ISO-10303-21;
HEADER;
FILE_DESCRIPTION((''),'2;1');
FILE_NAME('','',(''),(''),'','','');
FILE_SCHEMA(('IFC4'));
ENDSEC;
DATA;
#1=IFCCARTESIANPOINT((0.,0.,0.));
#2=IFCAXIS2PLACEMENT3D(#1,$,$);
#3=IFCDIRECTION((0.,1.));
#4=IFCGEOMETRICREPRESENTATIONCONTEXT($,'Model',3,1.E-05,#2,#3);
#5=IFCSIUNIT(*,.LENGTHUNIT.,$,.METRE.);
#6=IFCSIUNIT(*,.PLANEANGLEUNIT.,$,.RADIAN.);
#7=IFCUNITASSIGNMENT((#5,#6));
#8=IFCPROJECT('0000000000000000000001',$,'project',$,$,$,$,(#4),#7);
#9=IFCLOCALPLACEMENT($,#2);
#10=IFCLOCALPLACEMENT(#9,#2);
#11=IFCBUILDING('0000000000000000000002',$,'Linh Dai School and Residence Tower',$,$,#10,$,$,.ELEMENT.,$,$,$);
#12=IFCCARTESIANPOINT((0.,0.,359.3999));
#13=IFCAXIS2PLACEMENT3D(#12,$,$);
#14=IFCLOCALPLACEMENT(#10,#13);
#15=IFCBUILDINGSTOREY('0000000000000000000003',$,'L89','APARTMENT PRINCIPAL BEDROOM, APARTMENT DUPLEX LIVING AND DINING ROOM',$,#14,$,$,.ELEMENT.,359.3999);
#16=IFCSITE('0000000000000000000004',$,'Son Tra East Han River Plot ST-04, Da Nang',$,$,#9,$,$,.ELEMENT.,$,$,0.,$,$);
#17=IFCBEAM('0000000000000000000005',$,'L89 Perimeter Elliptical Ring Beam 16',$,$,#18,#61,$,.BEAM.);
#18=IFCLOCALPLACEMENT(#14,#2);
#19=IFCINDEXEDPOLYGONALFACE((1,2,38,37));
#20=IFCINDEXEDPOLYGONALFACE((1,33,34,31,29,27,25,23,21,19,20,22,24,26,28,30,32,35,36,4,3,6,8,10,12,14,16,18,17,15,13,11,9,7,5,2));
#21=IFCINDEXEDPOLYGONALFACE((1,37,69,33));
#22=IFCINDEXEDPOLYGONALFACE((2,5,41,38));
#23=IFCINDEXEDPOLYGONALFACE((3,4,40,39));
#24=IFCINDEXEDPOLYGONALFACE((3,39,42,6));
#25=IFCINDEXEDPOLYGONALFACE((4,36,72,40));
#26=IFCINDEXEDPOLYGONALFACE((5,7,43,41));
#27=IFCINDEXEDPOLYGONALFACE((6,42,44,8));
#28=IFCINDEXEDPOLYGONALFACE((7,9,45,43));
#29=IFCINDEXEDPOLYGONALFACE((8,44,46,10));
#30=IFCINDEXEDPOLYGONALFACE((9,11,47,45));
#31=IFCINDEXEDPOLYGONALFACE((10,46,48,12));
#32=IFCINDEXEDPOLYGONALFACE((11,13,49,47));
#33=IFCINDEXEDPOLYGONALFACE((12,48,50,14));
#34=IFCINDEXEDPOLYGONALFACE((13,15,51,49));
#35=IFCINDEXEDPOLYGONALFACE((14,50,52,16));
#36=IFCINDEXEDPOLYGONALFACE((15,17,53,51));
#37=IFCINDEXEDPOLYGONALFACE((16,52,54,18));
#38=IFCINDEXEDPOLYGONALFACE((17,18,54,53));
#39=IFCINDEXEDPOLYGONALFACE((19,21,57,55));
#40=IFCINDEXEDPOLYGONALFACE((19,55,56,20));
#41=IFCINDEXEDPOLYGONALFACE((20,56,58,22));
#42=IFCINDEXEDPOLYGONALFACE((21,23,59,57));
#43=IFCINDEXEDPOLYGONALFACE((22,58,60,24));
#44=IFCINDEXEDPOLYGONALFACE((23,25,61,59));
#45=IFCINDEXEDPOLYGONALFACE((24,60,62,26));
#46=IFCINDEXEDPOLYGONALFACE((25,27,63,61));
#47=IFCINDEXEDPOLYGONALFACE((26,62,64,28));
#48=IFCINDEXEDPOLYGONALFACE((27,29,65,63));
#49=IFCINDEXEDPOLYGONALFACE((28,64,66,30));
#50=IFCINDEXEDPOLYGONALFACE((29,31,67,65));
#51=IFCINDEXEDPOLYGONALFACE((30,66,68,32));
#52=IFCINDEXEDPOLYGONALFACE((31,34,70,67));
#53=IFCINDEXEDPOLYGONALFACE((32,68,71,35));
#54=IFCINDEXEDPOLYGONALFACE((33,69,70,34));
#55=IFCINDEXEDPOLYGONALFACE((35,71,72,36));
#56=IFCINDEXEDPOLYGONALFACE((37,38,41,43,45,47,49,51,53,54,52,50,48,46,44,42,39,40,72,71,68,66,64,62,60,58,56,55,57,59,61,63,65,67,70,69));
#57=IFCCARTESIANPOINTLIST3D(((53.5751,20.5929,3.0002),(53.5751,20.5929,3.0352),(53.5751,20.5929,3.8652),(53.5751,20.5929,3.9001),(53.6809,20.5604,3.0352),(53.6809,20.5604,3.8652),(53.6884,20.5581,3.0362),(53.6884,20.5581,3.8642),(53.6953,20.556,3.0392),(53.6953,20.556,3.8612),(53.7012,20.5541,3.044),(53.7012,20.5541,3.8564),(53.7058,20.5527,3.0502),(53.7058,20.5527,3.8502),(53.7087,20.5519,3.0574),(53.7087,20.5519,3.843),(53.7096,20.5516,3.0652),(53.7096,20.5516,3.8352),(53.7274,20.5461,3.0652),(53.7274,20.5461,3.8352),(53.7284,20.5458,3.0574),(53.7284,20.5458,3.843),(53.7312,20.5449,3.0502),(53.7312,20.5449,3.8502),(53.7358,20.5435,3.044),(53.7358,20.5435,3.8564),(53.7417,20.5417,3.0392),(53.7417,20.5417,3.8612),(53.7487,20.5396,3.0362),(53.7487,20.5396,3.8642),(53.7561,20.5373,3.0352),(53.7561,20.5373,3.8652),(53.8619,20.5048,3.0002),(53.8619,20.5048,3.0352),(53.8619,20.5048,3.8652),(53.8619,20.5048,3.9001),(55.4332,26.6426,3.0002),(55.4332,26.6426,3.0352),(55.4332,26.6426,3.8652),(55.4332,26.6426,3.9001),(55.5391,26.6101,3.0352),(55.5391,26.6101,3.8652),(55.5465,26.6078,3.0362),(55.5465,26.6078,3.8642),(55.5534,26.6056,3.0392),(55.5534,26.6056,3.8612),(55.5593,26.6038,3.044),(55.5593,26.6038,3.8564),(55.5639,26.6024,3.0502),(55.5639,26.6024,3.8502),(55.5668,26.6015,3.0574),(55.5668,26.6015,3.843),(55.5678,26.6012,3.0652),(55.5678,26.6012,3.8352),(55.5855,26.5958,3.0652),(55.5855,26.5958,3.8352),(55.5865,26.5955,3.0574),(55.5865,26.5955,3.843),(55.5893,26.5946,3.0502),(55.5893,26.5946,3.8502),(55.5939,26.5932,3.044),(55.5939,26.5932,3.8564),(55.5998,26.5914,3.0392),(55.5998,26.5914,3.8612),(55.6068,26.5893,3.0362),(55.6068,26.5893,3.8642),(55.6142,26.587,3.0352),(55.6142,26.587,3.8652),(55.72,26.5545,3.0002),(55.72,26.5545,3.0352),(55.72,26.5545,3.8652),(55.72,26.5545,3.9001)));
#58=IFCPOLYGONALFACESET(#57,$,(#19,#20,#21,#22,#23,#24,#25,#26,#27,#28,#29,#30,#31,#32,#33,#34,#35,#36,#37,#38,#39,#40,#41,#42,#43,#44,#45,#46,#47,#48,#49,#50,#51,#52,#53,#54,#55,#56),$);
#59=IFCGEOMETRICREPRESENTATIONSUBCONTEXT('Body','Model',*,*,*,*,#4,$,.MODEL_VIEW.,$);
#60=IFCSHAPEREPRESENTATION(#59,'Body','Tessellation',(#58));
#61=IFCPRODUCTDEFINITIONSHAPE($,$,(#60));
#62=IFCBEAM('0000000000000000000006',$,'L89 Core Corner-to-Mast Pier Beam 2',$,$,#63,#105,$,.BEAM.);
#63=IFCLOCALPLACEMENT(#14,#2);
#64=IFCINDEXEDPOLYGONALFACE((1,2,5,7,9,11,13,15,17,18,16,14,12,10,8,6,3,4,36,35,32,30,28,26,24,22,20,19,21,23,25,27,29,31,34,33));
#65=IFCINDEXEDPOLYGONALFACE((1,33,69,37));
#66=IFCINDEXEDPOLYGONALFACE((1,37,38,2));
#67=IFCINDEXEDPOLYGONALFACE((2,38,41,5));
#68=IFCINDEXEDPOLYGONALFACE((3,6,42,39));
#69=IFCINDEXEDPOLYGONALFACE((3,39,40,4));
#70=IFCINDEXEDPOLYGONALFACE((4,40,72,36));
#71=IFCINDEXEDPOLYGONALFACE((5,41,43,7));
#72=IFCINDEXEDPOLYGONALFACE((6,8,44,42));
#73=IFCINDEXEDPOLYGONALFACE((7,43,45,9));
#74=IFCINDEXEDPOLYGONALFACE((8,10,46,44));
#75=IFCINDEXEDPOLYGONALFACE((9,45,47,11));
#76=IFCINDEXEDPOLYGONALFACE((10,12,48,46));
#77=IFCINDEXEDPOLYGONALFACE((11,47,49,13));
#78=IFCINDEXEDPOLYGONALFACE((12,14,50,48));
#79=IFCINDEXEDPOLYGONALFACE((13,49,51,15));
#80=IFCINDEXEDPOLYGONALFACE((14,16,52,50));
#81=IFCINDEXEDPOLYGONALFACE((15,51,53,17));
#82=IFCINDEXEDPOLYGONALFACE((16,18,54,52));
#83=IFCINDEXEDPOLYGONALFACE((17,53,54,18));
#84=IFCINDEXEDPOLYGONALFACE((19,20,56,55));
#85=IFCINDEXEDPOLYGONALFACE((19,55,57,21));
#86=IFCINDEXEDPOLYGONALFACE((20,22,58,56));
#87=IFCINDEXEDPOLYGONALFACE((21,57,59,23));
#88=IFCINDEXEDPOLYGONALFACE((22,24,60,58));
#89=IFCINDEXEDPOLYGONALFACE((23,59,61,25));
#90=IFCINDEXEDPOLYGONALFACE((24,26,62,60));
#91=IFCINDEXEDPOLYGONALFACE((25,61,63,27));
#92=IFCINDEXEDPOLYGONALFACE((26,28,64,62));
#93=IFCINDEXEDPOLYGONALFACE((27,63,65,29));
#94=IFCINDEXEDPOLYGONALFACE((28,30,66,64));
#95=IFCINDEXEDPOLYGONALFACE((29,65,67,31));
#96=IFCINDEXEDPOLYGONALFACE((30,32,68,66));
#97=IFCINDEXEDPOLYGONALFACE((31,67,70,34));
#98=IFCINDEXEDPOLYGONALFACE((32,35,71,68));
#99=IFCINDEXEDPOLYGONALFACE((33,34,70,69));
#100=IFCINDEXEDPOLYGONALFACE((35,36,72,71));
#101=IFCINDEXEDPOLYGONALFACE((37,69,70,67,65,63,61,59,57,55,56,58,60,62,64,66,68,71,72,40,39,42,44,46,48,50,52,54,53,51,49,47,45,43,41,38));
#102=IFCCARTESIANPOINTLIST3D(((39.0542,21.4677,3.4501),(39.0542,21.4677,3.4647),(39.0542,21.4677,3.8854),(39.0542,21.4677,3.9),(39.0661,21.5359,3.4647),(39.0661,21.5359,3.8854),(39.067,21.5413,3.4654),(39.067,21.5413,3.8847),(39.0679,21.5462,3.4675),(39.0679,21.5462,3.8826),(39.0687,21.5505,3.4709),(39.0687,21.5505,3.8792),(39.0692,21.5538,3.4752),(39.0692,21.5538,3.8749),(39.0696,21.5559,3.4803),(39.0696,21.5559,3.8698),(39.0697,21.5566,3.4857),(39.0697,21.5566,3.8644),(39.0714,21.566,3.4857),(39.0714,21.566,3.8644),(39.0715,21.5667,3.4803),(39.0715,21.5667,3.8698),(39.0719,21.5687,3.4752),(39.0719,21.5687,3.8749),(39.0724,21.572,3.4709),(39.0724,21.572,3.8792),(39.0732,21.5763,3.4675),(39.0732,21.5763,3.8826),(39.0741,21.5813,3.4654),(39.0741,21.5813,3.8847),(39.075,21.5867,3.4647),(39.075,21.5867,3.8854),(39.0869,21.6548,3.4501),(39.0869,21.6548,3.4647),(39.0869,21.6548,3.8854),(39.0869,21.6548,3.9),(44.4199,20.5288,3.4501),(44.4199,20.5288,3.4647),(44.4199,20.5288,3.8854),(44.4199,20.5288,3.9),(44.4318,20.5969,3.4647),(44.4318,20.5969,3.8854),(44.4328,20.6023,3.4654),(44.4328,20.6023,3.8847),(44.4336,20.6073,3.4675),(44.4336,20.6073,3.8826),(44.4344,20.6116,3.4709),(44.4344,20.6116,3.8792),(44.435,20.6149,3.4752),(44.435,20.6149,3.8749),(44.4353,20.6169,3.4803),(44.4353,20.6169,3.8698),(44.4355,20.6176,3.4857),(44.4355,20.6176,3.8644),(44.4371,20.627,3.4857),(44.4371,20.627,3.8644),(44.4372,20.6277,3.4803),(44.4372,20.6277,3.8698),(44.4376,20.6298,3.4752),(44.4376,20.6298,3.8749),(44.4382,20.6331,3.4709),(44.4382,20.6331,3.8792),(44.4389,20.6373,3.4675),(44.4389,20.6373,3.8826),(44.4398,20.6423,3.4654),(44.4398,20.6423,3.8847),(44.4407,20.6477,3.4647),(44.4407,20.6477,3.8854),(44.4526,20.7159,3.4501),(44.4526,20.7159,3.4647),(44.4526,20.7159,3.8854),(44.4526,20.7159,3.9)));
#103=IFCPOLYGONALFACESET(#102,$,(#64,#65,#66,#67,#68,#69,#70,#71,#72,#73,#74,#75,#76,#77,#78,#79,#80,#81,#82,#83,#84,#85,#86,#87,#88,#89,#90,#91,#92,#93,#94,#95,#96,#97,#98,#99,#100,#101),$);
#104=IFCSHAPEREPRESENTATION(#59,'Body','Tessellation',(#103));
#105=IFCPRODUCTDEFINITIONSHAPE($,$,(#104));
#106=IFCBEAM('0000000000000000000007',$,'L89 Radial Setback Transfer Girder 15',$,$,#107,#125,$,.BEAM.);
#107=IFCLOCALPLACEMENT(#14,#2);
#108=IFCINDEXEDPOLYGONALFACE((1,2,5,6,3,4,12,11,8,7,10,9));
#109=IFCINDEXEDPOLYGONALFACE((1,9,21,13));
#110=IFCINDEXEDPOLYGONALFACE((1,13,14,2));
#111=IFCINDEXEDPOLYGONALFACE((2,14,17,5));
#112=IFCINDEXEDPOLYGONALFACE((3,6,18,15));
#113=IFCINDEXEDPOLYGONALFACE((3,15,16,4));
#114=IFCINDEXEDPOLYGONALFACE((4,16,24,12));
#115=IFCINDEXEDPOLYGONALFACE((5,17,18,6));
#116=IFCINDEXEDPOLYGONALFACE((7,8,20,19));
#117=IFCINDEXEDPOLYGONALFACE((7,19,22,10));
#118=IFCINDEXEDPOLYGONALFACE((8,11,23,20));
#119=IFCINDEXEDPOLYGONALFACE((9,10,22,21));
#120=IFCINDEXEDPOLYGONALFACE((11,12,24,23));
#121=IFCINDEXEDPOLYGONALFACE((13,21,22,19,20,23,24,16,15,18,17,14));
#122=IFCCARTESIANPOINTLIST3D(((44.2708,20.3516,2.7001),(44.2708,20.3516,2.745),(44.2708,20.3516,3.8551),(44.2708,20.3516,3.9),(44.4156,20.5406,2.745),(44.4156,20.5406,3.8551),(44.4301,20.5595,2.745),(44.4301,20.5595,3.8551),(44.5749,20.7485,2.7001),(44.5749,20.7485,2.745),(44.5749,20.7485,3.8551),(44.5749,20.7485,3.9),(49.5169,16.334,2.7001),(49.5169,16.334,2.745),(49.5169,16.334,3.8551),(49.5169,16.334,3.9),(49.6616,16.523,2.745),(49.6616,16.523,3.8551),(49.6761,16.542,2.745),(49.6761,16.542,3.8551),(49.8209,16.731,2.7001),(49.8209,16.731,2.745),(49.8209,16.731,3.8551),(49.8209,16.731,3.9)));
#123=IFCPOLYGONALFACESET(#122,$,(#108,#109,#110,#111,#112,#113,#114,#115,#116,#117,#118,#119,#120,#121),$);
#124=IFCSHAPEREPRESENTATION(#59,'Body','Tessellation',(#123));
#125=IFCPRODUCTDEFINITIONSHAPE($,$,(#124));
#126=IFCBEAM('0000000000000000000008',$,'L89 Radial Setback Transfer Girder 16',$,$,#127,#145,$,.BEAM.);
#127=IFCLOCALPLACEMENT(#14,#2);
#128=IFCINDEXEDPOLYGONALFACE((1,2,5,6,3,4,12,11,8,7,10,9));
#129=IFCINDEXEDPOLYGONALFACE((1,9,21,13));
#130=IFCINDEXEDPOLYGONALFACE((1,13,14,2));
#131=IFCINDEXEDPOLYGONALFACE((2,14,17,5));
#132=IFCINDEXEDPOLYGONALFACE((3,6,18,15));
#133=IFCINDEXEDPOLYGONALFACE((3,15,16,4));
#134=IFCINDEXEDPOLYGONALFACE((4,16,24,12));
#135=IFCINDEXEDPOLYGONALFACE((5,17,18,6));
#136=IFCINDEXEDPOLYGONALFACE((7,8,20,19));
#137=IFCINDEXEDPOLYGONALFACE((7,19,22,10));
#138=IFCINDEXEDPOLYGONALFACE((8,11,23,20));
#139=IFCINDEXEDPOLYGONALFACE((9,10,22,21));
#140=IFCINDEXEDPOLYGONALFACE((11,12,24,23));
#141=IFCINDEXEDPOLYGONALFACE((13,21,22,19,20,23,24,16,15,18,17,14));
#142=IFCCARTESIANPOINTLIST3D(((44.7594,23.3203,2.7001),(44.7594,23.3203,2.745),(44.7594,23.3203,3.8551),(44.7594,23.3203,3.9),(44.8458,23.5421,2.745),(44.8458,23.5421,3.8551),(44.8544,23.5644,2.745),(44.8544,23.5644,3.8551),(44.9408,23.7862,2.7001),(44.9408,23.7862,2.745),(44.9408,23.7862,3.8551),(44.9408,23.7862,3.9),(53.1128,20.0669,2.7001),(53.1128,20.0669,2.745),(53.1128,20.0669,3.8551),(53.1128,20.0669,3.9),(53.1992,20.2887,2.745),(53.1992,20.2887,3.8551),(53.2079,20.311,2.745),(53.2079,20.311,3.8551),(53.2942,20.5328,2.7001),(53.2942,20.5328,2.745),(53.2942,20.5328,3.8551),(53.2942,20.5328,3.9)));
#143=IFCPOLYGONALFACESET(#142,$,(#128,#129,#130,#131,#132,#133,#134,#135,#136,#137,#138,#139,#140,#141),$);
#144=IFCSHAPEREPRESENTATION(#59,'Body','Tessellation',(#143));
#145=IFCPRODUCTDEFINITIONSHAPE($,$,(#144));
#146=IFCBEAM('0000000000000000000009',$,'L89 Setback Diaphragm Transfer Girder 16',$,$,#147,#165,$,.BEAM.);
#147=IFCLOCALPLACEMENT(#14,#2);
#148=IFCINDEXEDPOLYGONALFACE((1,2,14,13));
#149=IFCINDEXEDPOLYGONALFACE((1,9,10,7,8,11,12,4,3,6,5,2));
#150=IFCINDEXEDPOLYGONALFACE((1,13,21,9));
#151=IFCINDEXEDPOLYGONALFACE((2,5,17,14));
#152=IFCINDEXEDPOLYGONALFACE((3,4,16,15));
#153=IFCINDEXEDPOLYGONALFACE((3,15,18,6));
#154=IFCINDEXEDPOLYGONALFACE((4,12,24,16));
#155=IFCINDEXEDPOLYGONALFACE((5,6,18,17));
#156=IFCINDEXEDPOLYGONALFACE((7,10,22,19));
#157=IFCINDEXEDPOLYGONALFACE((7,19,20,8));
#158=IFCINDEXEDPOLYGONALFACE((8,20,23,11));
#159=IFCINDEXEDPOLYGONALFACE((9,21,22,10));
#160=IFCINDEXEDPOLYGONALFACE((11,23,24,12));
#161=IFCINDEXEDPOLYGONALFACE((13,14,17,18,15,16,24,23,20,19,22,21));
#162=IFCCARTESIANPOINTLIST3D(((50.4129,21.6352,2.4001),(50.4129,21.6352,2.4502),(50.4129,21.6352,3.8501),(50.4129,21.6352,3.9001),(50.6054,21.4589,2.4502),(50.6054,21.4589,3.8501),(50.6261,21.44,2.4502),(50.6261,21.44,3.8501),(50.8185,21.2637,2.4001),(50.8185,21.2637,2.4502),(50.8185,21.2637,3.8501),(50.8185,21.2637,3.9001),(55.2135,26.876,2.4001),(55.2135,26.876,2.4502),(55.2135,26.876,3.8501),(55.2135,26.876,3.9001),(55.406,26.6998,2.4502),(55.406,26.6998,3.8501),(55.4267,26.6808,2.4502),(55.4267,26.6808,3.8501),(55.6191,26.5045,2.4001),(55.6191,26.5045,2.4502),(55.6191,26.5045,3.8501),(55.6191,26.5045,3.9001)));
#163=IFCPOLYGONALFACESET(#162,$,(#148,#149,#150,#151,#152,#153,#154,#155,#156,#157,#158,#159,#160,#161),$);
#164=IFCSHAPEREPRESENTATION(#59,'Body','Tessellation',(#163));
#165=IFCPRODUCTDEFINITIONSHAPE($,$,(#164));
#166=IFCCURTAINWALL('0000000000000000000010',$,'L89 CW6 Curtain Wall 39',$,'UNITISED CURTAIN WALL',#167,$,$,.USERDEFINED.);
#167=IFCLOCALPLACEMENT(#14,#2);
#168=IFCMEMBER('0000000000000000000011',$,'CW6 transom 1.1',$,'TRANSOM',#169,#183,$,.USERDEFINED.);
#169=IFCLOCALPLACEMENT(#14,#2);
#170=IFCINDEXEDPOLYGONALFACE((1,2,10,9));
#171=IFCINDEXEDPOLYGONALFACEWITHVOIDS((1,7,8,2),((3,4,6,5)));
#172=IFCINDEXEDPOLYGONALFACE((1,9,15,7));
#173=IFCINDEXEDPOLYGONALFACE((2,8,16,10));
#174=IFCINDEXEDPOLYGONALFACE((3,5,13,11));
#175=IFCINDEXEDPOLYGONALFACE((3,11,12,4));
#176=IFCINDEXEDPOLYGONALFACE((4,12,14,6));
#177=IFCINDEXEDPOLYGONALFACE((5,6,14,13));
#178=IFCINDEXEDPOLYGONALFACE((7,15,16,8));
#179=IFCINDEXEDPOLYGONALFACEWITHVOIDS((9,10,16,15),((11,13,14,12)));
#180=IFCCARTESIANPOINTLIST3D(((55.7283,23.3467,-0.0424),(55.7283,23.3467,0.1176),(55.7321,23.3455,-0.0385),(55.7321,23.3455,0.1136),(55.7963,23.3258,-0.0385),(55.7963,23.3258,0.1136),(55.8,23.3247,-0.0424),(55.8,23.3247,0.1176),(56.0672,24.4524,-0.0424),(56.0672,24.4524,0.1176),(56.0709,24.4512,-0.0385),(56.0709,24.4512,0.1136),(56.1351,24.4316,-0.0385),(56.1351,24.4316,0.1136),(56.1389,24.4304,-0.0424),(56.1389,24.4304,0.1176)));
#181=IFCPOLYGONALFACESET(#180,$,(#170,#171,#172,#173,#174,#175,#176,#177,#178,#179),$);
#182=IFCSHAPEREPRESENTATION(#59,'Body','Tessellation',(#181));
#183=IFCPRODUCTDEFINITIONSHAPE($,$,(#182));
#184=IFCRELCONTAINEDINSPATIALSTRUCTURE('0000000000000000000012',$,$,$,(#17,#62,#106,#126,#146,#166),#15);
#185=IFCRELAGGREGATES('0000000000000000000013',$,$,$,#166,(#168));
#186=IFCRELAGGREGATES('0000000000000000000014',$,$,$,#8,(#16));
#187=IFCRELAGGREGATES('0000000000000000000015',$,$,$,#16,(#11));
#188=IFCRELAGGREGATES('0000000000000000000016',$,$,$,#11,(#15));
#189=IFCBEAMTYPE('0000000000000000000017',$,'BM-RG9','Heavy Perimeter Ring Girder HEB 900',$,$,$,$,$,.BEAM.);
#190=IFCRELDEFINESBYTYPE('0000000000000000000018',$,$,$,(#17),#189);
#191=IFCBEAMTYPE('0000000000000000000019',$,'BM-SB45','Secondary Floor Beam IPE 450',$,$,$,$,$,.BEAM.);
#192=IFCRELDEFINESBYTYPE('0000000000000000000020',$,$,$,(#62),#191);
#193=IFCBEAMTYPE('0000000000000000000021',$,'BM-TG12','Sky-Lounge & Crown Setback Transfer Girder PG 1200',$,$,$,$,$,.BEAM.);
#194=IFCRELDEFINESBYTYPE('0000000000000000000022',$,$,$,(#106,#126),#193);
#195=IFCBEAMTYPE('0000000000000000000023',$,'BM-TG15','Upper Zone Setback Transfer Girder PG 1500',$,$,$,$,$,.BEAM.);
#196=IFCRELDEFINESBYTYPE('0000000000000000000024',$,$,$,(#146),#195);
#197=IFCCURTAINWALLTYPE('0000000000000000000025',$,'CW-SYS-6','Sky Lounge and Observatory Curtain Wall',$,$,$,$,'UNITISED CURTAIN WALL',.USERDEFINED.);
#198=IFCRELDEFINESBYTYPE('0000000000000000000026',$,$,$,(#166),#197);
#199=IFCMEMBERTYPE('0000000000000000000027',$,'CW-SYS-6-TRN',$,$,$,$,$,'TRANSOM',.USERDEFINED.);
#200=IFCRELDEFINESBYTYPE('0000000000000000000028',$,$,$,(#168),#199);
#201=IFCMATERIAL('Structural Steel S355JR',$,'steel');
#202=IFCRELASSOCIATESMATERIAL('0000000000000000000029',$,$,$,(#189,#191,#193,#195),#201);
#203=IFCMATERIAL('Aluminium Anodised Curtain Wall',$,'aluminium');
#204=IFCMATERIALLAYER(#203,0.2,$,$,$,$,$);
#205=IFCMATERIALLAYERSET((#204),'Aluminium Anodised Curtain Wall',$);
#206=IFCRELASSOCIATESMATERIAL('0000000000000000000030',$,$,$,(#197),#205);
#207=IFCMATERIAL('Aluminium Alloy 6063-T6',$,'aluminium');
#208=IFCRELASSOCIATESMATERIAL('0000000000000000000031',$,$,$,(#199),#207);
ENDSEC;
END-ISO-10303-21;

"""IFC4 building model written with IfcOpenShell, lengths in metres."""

from ifc_helpers import new_model, si_unit, direction, frame, origin, origin_2d, place, context, subcontext, project, spatial, hollow_rectangle, i_section, extrude, source, transform, mapped, material, layer, layer_set, material_profile, profile_set, type_object, element, aggregate, save


model = new_model("IFC4")

# Units and contexts
model_context = context("Model", 3, precision=1e-05, world=origin(), true_north=direction((0.0, 1.0)))
body_context = subcontext(model_context, "Body", "Model", "MODEL_VIEW")
ifc_project = project(units=[si_unit("LENGTHUNIT", "METRE"), si_unit("PLANEANGLEUNIT", "RADIAN")], contexts=[model_context])

# Site, building, storey
site_placement = place(None, origin())
site = spatial("IfcSite", under=ifc_project, at=site_placement, Name="Son Tra East Han River Plot ST-04, Da Nang", CompositionType="ELEMENT", RefElevation=0.0)
building_placement = place(site_placement, origin())
building = spatial("IfcBuilding", under=site, at=building_placement, Name="Linh Dai School and Residence Tower", CompositionType="ELEMENT")
storey_placement = place(building_placement, frame((0.0, 0.0, 359.3999)))
storey = spatial("IfcBuildingStorey", under=building, at=storey_placement, Name="L89", Description="APARTMENT PRINCIPAL BEDROOM, APARTMENT DUPLEX LIVING AND DINING ROOM", CompositionType="ELEMENT", Elevation=359.3999)

# Shared definitions
ifc_material_1 = material(Name="Structural Steel S355JR", Category="steel")

# Beams
ifc_material_profile_1 = material_profile(ifc_material_1, i_section(OverallWidth=0.3, OverallDepth=0.8999, WebThickness=0.0186, FlangeThickness=0.0349, FilletRadius=0.03, at=origin_2d()), Name="HEB 900")
ifc_profile_set_1 = profile_set([ifc_material_profile_1], Name="Structural Steel S355JR")
beam_type_1 = type_object("IfcBeamType", Name="BM-RG9", Description="Heavy Perimeter Ring Girder HEB 900", PredefinedType="BEAM", material=ifc_profile_set_1)
beam_1_placement = place(storey_placement, frame((53.7185, 20.5488, 3.4502), z_axis=(0.293606, 0.955927, 0.0), x_axis=(-0.955927, 0.293606, 0.0)))
element("IfcBeam", 1, at=beam_1_placement, inside=storey, type_object=beam_type_1, Name="L89 Perimeter Elliptical Ring Beam 16", PredefinedType="BEAM", context=body_context, shape_type="SweptSolid", body=[
    extrude(i_section(OverallWidth=0.3, OverallDepth=0.8999, WebThickness=0.0186, FlangeThickness=0.0349, FilletRadius=0.03, at=origin_2d()), origin(), (0.0, 0.0, 1.0), 6.3286),
])
ifc_material_profile_2 = material_profile(ifc_material_1, i_section(OverallWidth=0.1899, OverallDepth=0.45, WebThickness=0.0095, FlangeThickness=0.0146, FilletRadius=0.021, at=origin_2d()), Name="IPE 450")
ifc_profile_set_2 = profile_set([ifc_material_profile_2], Name="Structural Steel S355JR")
beam_type_2 = type_object("IfcBeamType", Name="BM-SB45", Description="Secondary Floor Beam IPE 450", PredefinedType="BEAM", material=ifc_profile_set_2)
beam_2_placement = place(storey_placement, frame((44.4363, 20.6223, 3.675), z_axis=(-0.985032, 0.172374, 0.0), x_axis=(-0.172374, -0.985032, 0.0)))
element("IfcBeam", 2, at=beam_2_placement, inside=storey, type_object=beam_type_2, Name="L89 Core Corner-to-Mast Pier Beam 2", PredefinedType="BEAM", context=body_context, shape_type="SweptSolid", body=[
    extrude(i_section(OverallWidth=0.1899, OverallDepth=0.45, WebThickness=0.0095, FlangeThickness=0.0146, FilletRadius=0.021, at=origin_2d()), origin(), (0.0, 0.0, 1.0), 5.4473),
])
ifc_material_profile_3 = material_profile(ifc_material_1, i_section(OverallWidth=0.5, OverallDepth=1.2, WebThickness=0.0239, FlangeThickness=0.0449, at=origin_2d()), Name="PG 1200x500x24x45")
ifc_profile_set_3 = profile_set([ifc_material_profile_3], Name="Structural Steel S355JR")
beam_type_3 = type_object("IfcBeamType", Name="BM-TG12", Description="Sky-Lounge & Crown Setback Transfer Girder PG 1200", PredefinedType="BEAM", material=ifc_profile_set_3)
beam_3_placement = place(storey_placement, frame((44.4229, 20.55, 3.3), z_axis=(0.79393, -0.608009, 0.0), x_axis=(0.608009, 0.79393, 0.0)))
element("IfcBeam", 3, at=beam_3_placement, inside=storey, type_object=beam_type_3, Name="L89 Radial Setback Transfer Girder 15", PredefinedType="BEAM", context=body_context, shape_type="SweptSolid", body=[
    extrude(i_section(OverallWidth=0.5, OverallDepth=1.2, WebThickness=0.0239, FlangeThickness=0.0449, at=origin_2d()), origin(), (0.0, 0.0, 1.0), 6.6077),
])
beam_4_placement = place(storey_placement, frame((44.8501, 23.5532, 3.3), z_axis=(0.931823, -0.362914, 0.0), x_axis=(0.362914, 0.931823, 0.0)))
element("IfcBeam", 4, at=beam_4_placement, inside=storey, type_object=beam_type_3, Name="L89 Radial Setback Transfer Girder 16", PredefinedType="BEAM", context=body_context, shape_type="SweptSolid", body=[
    extrude(i_section(OverallWidth=0.5, OverallDepth=1.2, WebThickness=0.0239, FlangeThickness=0.0449, at=origin_2d()), origin(), (0.0, 0.0, 1.0), 8.9646),
])
ifc_material_profile_4 = material_profile(ifc_material_1, i_section(OverallWidth=0.55, OverallDepth=1.5, WebThickness=0.0281, FlangeThickness=0.05, at=origin_2d()), Name="PG 1500x550x28x50")
ifc_profile_set_4 = profile_set([ifc_material_profile_4], Name="Structural Steel S355JR")
beam_type_4 = type_object("IfcBeamType", Name="BM-TG15", Description="Upper Zone Setback Transfer Girder PG 1500", PredefinedType="BEAM", material=ifc_profile_set_4)
beam_5_placement = place(storey_placement, frame((50.6157, 21.4495, 3.1501), z_axis=(0.67546, 0.737397, 0.0), x_axis=(-0.737397, 0.67546, 0.0)))
element("IfcBeam", 5, at=beam_5_placement, inside=storey, type_object=beam_type_4, Name="L89 Setback Diaphragm Transfer Girder 16", PredefinedType="BEAM", context=body_context, shape_type="SweptSolid", body=[
    extrude(i_section(OverallWidth=0.55, OverallDepth=1.5, WebThickness=0.0281, FlangeThickness=0.05, at=origin_2d()), origin(), (0.0, 0.0, 1.0), 7.1072),
])

# Curtain wall, member
ifc_material_2 = material(Name="Aluminium Anodised Curtain Wall", Category="aluminium")
ifc_layer_1 = layer(ifc_material_2, 0.2)
ifc_layer_set_1 = layer_set([ifc_layer_1], Name="Aluminium Anodised Curtain Wall")
curtain_wall_type = type_object("IfcCurtainWallType", Name="CW-SYS-6", Description="Sky Lounge and Observatory Curtain Wall", ElementType="UNITISED CURTAIN WALL", PredefinedType="USERDEFINED", material=ifc_layer_set_1)
curtain_wall_placement = place(storey_placement, origin())
curtain_wall = element("IfcCurtainWall", 6, at=curtain_wall_placement, inside=storey, type_object=curtain_wall_type, Name="L89 CW6 Curtain Wall 39", ObjectType="UNITISED CURTAIN WALL", PredefinedType="USERDEFINED")
ifc_material_3 = material(Name="Aluminium Alloy 6063-T6", Category="aluminium")
ifc_material_profile_5 = material_profile(ifc_material_3, hollow_rectangle(XDim=0.075, YDim=0.1599, WallThickness=0.0039, at=origin_2d()), Name="RHS 160x75x4")
ifc_profile_set_5 = profile_set([ifc_material_profile_5], Name="Aluminium Alloy 6063-T6")
member_type_1 = type_object("IfcMemberType", Name="CW-SYS-6-TRN", ElementType="TRANSOM", PredefinedType="USERDEFINED", material=ifc_profile_set_5)
shared_shape_1 = source(origin(), body_context, "Body", "SweptSolid", [
    extrude(hollow_rectangle(XDim=0.075, YDim=0.1599, WallThickness=0.0039, at=origin_2d()), origin(), (0.0, 0.0, 1.0), 1.1565),
])
member_1_placement = place(storey_placement, frame((56.103, 24.4414, 0.0376), z_axis=(-0.293018, -0.956107, 0.0), x_axis=(0.956107, -0.293018, 0.0)))
member_1 = element("IfcMember", 7, at=member_1_placement, type_object=member_type_1, Name="CW6 transom 1.1", ObjectType="TRANSOM", PredefinedType="USERDEFINED", context=body_context, shape_type="MappedRepresentation", body=[
    mapped(shared_shape_1, transform((0.0, 0.0, 0.0), x_axis=(1.0, 0.0, 0.0), y_axis=(0.0, 1.0, 0.0), z_axis=(0.0, 0.0, 1.0), scale=1.0)),
])
aggregate(curtain_wall, [member_1])

save(model, "model.ifc")
